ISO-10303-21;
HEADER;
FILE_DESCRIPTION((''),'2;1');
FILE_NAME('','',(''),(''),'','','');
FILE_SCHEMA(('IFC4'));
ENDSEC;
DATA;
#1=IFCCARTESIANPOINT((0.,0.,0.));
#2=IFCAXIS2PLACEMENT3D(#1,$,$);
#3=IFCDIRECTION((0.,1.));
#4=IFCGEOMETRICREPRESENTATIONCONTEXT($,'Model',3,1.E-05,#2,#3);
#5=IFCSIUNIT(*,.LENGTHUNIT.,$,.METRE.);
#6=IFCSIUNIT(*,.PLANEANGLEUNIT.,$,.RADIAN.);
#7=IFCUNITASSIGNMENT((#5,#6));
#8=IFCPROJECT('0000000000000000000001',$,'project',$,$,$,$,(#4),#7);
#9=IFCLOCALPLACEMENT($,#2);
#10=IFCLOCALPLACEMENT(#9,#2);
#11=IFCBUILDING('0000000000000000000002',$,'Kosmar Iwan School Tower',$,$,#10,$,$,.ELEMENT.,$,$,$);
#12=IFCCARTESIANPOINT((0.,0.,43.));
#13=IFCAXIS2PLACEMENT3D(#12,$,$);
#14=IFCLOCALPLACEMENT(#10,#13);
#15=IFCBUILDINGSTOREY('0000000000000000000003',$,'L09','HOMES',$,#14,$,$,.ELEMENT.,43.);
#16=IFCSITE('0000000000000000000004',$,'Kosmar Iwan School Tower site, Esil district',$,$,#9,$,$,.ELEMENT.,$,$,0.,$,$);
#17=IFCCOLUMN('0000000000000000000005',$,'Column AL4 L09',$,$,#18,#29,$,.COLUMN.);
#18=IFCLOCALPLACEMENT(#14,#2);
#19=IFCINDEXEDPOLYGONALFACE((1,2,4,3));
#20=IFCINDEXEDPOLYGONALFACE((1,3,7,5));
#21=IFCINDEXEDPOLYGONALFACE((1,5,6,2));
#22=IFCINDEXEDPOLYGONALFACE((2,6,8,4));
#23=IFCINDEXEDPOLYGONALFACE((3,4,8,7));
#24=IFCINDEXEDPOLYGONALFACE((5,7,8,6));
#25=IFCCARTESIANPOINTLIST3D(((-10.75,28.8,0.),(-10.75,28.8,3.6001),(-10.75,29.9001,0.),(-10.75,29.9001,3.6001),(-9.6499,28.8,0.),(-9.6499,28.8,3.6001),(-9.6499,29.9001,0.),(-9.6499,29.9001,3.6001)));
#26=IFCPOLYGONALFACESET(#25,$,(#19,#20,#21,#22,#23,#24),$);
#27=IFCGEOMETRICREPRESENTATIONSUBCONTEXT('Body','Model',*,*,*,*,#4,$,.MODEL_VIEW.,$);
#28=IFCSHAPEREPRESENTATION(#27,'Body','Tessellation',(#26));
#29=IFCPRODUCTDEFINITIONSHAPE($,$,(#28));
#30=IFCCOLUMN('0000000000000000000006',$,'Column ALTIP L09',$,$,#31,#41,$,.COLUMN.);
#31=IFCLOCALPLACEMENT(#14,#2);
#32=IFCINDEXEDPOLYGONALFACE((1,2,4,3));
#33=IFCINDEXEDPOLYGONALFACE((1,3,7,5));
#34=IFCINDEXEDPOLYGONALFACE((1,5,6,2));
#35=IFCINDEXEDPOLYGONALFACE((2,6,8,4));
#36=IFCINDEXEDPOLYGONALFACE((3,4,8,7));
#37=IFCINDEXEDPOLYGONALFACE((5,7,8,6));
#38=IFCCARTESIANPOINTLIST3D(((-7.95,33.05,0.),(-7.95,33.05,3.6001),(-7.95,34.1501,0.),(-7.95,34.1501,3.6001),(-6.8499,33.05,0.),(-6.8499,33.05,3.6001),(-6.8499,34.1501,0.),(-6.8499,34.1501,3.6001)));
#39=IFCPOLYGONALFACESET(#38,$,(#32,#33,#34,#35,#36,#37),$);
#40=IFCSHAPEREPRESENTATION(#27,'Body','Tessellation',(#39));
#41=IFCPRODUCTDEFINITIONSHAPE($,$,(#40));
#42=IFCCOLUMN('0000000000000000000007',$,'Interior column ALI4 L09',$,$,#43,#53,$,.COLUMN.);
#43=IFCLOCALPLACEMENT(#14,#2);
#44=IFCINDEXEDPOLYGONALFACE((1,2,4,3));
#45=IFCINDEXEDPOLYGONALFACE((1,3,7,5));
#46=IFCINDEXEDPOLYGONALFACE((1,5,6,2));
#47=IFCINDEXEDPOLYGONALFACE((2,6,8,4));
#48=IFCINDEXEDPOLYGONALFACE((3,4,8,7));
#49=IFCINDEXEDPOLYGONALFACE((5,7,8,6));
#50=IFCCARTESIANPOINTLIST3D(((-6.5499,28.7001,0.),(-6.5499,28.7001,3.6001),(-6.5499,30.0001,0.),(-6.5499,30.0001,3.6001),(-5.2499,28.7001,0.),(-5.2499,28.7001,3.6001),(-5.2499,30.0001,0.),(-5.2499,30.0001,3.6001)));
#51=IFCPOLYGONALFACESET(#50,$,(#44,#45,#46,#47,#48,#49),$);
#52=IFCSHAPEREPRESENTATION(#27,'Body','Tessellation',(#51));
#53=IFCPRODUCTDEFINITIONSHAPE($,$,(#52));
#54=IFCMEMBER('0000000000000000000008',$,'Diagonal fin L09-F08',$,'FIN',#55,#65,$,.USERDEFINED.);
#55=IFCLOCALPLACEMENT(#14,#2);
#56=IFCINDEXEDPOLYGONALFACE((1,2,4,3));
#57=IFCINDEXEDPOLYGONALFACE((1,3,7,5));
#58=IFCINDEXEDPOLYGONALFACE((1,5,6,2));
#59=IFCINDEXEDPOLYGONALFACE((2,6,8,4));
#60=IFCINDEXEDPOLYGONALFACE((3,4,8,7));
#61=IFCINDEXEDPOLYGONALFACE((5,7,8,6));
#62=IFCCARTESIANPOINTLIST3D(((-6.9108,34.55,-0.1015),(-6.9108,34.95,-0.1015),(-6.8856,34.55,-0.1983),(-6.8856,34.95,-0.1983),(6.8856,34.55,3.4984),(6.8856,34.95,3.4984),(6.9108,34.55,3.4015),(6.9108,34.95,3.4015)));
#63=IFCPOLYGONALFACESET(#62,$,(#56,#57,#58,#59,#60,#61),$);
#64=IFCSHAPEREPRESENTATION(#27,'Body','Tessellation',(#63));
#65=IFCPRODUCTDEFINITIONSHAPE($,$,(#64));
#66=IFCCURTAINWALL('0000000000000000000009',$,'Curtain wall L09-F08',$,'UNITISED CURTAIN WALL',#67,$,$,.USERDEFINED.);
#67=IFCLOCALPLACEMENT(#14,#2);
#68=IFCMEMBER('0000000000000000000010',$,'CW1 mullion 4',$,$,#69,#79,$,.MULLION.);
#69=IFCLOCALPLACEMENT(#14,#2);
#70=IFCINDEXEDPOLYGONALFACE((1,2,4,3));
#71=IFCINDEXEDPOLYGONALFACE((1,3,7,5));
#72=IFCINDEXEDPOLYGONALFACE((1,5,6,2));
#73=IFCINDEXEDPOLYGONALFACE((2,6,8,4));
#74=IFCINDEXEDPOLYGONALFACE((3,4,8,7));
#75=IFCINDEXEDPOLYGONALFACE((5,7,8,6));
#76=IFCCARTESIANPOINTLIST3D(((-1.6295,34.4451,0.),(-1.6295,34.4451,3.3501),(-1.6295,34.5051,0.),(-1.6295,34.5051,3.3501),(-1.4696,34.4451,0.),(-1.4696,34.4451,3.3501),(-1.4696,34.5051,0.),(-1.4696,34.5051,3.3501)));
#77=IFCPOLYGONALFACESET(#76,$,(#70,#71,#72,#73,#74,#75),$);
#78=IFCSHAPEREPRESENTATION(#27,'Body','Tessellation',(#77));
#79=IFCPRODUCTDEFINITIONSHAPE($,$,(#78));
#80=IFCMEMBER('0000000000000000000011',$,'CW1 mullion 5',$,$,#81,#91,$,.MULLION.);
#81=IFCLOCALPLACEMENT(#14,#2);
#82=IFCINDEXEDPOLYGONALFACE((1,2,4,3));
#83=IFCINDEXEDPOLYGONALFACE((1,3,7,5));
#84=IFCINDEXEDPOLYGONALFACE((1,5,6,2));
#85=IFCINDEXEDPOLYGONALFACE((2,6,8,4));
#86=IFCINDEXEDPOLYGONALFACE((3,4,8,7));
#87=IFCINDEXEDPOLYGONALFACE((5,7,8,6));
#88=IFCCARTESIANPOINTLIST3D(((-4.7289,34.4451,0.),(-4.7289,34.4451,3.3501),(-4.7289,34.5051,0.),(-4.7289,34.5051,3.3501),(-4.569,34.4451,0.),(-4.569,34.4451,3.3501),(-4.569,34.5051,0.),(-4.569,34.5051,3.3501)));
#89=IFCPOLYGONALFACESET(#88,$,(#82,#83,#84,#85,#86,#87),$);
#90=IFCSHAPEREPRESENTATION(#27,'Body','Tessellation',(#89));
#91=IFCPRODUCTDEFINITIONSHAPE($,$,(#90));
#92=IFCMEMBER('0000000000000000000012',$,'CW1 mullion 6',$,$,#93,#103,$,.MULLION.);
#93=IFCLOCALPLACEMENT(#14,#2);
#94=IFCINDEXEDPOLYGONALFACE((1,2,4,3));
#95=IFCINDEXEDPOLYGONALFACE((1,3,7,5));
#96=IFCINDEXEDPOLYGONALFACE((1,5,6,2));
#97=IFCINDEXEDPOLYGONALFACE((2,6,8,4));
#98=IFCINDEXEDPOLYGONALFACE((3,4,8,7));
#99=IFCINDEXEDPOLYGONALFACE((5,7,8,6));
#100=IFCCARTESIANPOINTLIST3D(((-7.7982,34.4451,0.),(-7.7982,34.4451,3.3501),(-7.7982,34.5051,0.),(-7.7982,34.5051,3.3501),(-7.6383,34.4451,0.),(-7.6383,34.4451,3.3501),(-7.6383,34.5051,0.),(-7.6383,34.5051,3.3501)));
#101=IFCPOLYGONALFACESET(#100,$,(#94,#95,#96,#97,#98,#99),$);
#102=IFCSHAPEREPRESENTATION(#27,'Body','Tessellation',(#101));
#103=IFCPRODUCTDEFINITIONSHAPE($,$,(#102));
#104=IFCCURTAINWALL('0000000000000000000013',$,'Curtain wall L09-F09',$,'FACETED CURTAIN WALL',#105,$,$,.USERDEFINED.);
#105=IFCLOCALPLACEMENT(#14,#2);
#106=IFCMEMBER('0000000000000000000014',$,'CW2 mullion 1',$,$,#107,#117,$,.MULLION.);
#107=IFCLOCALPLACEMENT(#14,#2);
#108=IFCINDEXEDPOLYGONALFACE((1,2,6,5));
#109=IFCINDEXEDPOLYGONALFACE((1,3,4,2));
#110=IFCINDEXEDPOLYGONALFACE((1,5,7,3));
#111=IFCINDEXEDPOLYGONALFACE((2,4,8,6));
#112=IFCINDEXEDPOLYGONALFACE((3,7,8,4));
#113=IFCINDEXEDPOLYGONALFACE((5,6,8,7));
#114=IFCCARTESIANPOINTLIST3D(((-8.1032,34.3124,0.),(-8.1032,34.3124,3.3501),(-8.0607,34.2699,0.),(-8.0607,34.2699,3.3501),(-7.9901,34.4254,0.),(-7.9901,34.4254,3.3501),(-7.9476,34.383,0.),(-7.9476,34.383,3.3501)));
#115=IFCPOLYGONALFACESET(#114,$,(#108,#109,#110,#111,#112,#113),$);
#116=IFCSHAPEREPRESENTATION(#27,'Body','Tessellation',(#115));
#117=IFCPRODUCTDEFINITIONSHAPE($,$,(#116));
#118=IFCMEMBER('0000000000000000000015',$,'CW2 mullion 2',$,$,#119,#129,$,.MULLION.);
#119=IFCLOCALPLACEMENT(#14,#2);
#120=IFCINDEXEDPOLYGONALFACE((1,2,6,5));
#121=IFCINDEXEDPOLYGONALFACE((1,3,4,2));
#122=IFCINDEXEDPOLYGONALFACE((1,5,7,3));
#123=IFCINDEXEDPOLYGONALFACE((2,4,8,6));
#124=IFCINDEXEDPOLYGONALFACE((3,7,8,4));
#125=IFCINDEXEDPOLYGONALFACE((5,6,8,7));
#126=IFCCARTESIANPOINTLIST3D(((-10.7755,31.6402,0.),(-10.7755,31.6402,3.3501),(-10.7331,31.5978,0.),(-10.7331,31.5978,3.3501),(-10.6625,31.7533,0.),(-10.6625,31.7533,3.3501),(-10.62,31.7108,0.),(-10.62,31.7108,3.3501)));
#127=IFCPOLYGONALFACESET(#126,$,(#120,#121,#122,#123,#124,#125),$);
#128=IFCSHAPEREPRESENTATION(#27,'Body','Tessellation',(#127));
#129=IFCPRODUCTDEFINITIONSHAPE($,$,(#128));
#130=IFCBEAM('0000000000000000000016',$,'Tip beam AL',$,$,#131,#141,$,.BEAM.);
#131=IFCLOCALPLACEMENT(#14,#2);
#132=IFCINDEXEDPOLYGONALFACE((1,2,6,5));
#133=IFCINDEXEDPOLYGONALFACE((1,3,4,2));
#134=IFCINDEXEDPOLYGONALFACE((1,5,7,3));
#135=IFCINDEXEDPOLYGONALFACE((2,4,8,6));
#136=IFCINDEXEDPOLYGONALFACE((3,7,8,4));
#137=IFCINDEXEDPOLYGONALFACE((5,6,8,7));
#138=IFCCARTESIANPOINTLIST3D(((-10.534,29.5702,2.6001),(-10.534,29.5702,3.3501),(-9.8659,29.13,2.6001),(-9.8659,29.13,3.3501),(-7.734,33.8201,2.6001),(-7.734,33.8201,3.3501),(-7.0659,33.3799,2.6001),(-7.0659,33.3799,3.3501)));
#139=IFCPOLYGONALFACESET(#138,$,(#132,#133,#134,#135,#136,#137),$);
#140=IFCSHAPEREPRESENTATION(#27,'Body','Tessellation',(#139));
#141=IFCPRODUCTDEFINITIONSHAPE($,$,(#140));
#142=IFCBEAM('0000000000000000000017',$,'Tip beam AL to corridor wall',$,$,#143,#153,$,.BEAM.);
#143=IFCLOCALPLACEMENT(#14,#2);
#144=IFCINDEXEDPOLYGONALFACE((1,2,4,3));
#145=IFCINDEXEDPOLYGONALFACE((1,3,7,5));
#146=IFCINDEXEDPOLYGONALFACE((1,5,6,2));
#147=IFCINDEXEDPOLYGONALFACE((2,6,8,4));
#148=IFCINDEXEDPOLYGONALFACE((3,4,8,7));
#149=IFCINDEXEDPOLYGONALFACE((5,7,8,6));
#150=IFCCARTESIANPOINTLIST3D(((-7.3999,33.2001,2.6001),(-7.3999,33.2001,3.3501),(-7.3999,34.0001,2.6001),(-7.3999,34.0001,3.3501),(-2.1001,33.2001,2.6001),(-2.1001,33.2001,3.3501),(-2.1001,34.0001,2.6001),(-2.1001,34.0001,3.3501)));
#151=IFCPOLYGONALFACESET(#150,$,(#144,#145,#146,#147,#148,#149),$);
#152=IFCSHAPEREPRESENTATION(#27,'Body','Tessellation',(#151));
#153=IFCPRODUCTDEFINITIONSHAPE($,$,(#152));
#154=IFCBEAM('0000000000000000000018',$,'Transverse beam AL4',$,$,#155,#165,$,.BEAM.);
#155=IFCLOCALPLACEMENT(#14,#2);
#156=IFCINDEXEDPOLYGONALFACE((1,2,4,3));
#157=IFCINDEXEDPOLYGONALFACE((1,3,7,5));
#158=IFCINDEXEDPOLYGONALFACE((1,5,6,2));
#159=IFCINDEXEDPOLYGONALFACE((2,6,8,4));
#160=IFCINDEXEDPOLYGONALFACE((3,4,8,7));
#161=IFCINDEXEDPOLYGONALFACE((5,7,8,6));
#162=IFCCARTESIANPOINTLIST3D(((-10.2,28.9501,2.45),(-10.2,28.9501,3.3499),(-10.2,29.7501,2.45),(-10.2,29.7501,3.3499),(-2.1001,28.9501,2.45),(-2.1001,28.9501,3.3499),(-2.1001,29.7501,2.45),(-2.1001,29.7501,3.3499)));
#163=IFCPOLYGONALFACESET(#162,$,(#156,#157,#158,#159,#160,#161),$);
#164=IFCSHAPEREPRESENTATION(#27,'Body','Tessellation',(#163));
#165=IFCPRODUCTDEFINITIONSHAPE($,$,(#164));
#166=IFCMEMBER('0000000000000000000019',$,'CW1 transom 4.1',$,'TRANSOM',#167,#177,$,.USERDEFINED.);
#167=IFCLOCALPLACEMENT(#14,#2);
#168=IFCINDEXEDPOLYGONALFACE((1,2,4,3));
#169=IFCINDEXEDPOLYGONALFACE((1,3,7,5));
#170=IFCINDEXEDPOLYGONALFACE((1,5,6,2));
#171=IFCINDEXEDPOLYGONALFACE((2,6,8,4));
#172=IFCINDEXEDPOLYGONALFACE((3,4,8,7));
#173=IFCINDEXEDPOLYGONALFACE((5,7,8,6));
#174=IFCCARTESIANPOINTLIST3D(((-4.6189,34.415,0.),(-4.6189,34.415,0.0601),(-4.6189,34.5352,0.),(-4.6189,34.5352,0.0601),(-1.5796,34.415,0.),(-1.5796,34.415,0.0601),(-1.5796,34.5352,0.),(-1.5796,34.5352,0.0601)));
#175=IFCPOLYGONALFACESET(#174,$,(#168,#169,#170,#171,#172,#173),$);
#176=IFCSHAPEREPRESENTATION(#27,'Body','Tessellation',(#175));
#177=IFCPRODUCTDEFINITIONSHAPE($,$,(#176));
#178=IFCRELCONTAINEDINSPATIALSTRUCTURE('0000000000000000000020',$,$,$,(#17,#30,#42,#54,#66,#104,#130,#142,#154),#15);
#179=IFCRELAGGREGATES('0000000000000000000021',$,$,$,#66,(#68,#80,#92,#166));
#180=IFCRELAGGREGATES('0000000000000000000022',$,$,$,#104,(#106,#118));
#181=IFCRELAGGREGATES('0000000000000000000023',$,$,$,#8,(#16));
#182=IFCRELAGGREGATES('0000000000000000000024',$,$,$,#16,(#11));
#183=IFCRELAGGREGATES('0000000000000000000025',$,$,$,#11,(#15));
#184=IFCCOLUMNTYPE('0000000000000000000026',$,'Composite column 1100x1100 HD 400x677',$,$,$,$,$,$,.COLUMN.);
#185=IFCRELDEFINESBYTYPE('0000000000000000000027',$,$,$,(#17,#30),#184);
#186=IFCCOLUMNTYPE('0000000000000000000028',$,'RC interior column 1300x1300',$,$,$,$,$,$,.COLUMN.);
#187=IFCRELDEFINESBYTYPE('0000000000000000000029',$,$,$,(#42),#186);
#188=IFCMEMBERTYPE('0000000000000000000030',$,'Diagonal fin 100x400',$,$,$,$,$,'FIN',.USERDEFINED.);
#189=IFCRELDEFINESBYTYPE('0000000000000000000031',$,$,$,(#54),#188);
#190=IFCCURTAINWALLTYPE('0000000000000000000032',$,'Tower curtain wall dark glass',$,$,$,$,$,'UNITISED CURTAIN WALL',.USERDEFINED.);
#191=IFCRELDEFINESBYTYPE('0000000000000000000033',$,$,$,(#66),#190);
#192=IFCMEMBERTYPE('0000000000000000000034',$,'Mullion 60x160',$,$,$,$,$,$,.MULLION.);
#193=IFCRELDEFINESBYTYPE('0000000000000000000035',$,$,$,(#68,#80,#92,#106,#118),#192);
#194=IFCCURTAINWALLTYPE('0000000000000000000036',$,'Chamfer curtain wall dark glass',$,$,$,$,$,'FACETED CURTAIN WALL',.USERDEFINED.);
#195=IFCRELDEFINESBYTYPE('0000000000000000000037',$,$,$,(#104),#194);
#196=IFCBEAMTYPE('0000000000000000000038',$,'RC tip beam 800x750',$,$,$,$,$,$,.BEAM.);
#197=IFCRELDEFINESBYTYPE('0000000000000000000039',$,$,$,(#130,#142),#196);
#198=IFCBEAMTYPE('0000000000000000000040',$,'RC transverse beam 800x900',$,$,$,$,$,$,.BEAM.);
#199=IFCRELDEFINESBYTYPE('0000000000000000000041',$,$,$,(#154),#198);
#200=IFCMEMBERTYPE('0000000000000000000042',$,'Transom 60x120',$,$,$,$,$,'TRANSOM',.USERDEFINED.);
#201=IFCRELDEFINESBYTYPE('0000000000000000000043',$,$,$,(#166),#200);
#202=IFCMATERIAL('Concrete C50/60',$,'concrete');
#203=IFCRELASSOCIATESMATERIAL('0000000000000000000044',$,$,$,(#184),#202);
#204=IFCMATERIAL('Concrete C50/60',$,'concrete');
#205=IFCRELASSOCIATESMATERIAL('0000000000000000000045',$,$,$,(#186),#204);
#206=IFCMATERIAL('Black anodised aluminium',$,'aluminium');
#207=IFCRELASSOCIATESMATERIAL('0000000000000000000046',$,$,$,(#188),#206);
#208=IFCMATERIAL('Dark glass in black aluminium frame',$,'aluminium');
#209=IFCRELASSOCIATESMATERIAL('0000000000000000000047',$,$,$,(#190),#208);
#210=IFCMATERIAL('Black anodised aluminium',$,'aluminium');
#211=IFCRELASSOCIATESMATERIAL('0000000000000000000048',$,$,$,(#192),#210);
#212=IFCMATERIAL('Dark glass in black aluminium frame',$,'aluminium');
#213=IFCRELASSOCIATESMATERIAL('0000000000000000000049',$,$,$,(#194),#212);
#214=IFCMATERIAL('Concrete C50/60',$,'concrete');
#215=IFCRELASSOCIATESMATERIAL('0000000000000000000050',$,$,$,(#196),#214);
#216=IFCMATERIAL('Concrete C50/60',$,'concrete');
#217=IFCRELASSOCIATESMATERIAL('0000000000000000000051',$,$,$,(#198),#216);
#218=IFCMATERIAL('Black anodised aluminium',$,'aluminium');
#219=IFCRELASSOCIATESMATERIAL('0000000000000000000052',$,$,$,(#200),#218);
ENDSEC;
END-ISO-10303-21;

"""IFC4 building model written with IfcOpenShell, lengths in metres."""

from ifc_helpers import new_model, si_unit, direction, frame, origin, origin_2d, place, context, subcontext, project, spatial, rectangle, extrude, material, material_profile, profile_set, type_object, element, aggregate, save


model = new_model("IFC4")

# Units and contexts
model_context = context("Model", 3, precision=1e-05, world=origin(), true_north=direction((0.0, 1.0)))
body_context = subcontext(model_context, "Body", "Model", "MODEL_VIEW")
ifc_project = project(units=[si_unit("LENGTHUNIT", "METRE"), si_unit("PLANEANGLEUNIT", "RADIAN")], contexts=[model_context])

# Site, building, storey
site_placement = place(None, origin())
site = spatial("IfcSite", under=ifc_project, at=site_placement, Name="Kosmar Iwan School Tower site, Esil district", CompositionType="ELEMENT", RefElevation=0.0)
building_placement = place(site_placement, origin())
building = spatial("IfcBuilding", under=site, at=building_placement, Name="Kosmar Iwan School Tower", CompositionType="ELEMENT")
storey_placement = place(building_placement, frame((0.0, 0.0, 43.0)))
storey = spatial("IfcBuildingStorey", under=building, at=storey_placement, Name="L09", Description="HOMES", CompositionType="ELEMENT", Elevation=43.0)

# Columns
ifc_material_1 = material(Name="Concrete C50/60", Category="concrete")
ifc_material_profile_1 = material_profile(ifc_material_1, rectangle(XDim=1.1001, YDim=1.1001, at=origin_2d()), Name="RC 1100x1100 + HD 400x677")
ifc_profile_set_1 = profile_set([ifc_material_profile_1], Name="Concrete C50/60")
column_type_1 = type_object("IfcColumnType", Name="Composite column 1100x1100 HD 400x677", PredefinedType="COLUMN", material=ifc_profile_set_1)
for number, where, z_axis, x_axis, name in (
    (1, (-10.2, 29.3501, 0.0), (0.0, 0.0, 1.0), (0.0, 1.0, 0.0), "Column AL4 L09"),
    (2, (-7.3999, 33.6001, 0.0), (0.0, 0.0, 1.0), (0.0, 1.0, 0.0), "Column ALTIP L09"),
):
    element("IfcColumn", number, at=place(storey_placement, frame(where, z_axis=z_axis, x_axis=x_axis)), inside=storey, type_object=column_type_1, Name=name, PredefinedType="COLUMN", context=body_context, shape_type="SweptSolid", body=[
        extrude(rectangle(XDim=1.1001, YDim=1.1001, at=origin_2d()), origin(), (0.0, 0.0, 1.0), 3.6001),
    ])
ifc_material_2 = material(Name="Concrete C50/60", Category="concrete")
ifc_material_profile_2 = material_profile(ifc_material_2, rectangle(XDim=1.3, YDim=1.3, at=origin_2d()), Name="RC 1300x1300")
ifc_profile_set_2 = profile_set([ifc_material_profile_2], Name="Concrete C50/60")
column_type_2 = type_object("IfcColumnType", Name="RC interior column 1300x1300", PredefinedType="COLUMN", material=ifc_profile_set_2)
column_placement = place(storey_placement, frame((-5.8999, 29.3501, 0.0), z_axis=(0.0, 0.0, 1.0), x_axis=(0.0, 1.0, 0.0)))
element("IfcColumn", 3, at=column_placement, inside=storey, type_object=column_type_2, Name="Interior column ALI4 L09", PredefinedType="COLUMN", context=body_context, shape_type="SweptSolid", body=[
    extrude(rectangle(XDim=1.3, YDim=1.3, at=origin_2d()), origin(), (0.0, 0.0, 1.0), 3.6001),
])

# Member
ifc_material_3 = material(Name="Black anodised aluminium", Category="aluminium")
ifc_material_profile_3 = material_profile(ifc_material_3, rectangle(XDim=0.1001, YDim=0.3999, at=origin_2d()), Name="FIN 100x400")
ifc_profile_set_3 = profile_set([ifc_material_profile_3], Name="Black anodised aluminium")
member_type_1 = type_object("IfcMemberType", Name="Diagonal fin 100x400", ElementType="FIN", PredefinedType="USERDEFINED", material=ifc_profile_set_3)
member_1_placement = place(storey_placement, frame((-6.8982, 34.75, -0.1499), z_axis=(0.967604, 0.0, 0.252474), x_axis=(-0.252474, 0.0, 0.967604)))
element("IfcMember", 4, at=member_1_placement, inside=storey, type_object=member_type_1, Name="Diagonal fin L09-F08", ObjectType="FIN", PredefinedType="USERDEFINED", context=body_context, shape_type="SweptSolid", body=[
    extrude(rectangle(XDim=0.1001, YDim=0.3999, at=origin_2d()), origin(), (0.0, 0.0, 1.0), 14.2583),
])

# Curtain walls, members
ifc_material_4 = material(Name="Dark glass in black aluminium frame", Category="aluminium")
curtain_wall_type_1 = type_object("IfcCurtainWallType", Name="Tower curtain wall dark glass", ElementType="UNITISED CURTAIN WALL", PredefinedType="USERDEFINED", material=ifc_material_4)
curtain_wall_1_placement = place(storey_placement, origin())
curtain_wall_1 = element("IfcCurtainWall", 5, at=curtain_wall_1_placement, inside=storey, type_object=curtain_wall_type_1, Name="Curtain wall L09-F08", ObjectType="UNITISED CURTAIN WALL", PredefinedType="USERDEFINED")
ifc_material_5 = material(Name="Black anodised aluminium", Category="aluminium")
ifc_material_profile_4 = material_profile(ifc_material_5, rectangle(XDim=0.0601, YDim=0.1599, at=origin_2d()), Name="MULLION 60x160")
ifc_profile_set_4 = profile_set([ifc_material_profile_4], Name="Black anodised aluminium")
member_type_2 = type_object("IfcMemberType", Name="Mullion 60x160", PredefinedType="MULLION", material=ifc_profile_set_4)
member_2_placement = place(storey_placement, frame((-1.5496, 34.4751, 0.0), z_axis=(0.0, 0.0, 1.0), x_axis=(0.0, -1.0, 0.0)))
member_2 = element("IfcMember", 6, at=member_2_placement, type_object=member_type_2, Name="CW1 mullion 4", PredefinedType="MULLION", context=body_context, shape_type="SweptSolid", body=[
    extrude(rectangle(XDim=0.0601, YDim=0.1599, at=origin_2d()), origin(), (0.0, 0.0, 1.0), 3.3501),
])
member_3_placement = place(storey_placement, frame((-4.6489, 34.4751, 0.0), z_axis=(0.0, 0.0, 1.0), x_axis=(0.0, -1.0, 0.0)))
member_3 = element("IfcMember", 7, at=member_3_placement, type_object=member_type_2, Name="CW1 mullion 5", PredefinedType="MULLION", context=body_context, shape_type="SweptSolid", body=[
    extrude(rectangle(XDim=0.0601, YDim=0.1599, at=origin_2d()), origin(), (0.0, 0.0, 1.0), 3.3501),
])
member_4_placement = place(storey_placement, frame((-7.7183, 34.4751, 0.0), z_axis=(0.0, 0.0, 1.0), x_axis=(0.0, -1.0, 0.0)))
member_4 = element("IfcMember", 8, at=member_4_placement, type_object=member_type_2, Name="CW1 mullion 6", PredefinedType="MULLION", context=body_context, shape_type="SweptSolid", body=[
    extrude(rectangle(XDim=0.0601, YDim=0.1599, at=origin_2d()), origin(), (0.0, 0.0, 1.0), 3.3501),
])
ifc_material_6 = material(Name="Dark glass in black aluminium frame", Category="aluminium")
curtain_wall_type_2 = type_object("IfcCurtainWallType", Name="Chamfer curtain wall dark glass", ElementType="FACETED CURTAIN WALL", PredefinedType="USERDEFINED", material=ifc_material_6)
curtain_wall_2_placement = place(storey_placement, origin())
curtain_wall_2 = element("IfcCurtainWall", 9, at=curtain_wall_2_placement, inside=storey, type_object=curtain_wall_type_2, Name="Curtain wall L09-F09", ObjectType="FACETED CURTAIN WALL", PredefinedType="USERDEFINED")
member_5_placement = place(storey_placement, frame((-8.0254, 34.3477, 0.0), z_axis=(0.0, 0.0, 1.0), x_axis=(0.707107, -0.707107, 0.0)))
member_5 = element("IfcMember", 10, at=member_5_placement, type_object=member_type_2, Name="CW2 mullion 1", PredefinedType="MULLION", context=body_context, shape_type="SweptSolid", body=[
    extrude(rectangle(XDim=0.0601, YDim=0.1599, at=origin_2d()), origin(), (0.0, 0.0, 1.0), 3.3501),
])
member_6_placement = place(storey_placement, frame((-10.6978, 31.6755, 0.0), z_axis=(0.0, 0.0, 1.0), x_axis=(0.707107, -0.707107, 0.0)))
member_6 = element("IfcMember", 11, at=member_6_placement, type_object=member_type_2, Name="CW2 mullion 2", PredefinedType="MULLION", context=body_context, shape_type="SweptSolid", body=[
    extrude(rectangle(XDim=0.0601, YDim=0.1599, at=origin_2d()), origin(), (0.0, 0.0, 1.0), 3.3501),
])

# Beams
ifc_material_7 = material(Name="Concrete C50/60", Category="concrete")
ifc_material_profile_5 = material_profile(ifc_material_7, rectangle(XDim=0.8, YDim=0.75, at=origin_2d()), Name="RC 800x750")
ifc_profile_set_5 = profile_set([ifc_material_profile_5], Name="Concrete C50/60")
beam_type_1 = type_object("IfcBeamType", Name="RC tip beam 800x750", PredefinedType="BEAM", material=ifc_profile_set_5)
beam_1_placement = place(storey_placement, frame((-10.2, 29.3501, 2.9751), z_axis=(0.550164, 0.835056, 0.0), x_axis=(-0.835056, 0.550164, 0.0)))
element("IfcBeam", 12, at=beam_1_placement, inside=storey, type_object=beam_type_1, Name="Tip beam AL", PredefinedType="BEAM", context=body_context, shape_type="SweptSolid", body=[
    extrude(rectangle(XDim=0.8, YDim=0.75, at=origin_2d()), origin(), (0.0, 0.0, 1.0), 5.0894),
])
beam_2_placement = place(storey_placement, frame((-7.3999, 33.6001, 2.9751), z_axis=(1.0, 0.0, 0.0), x_axis=(0.0, 1.0, 0.0)))
element("IfcBeam", 13, at=beam_2_placement, inside=storey, type_object=beam_type_1, Name="Tip beam AL to corridor wall", PredefinedType="BEAM", context=body_context, shape_type="SweptSolid", body=[
    extrude(rectangle(XDim=0.8, YDim=0.75, at=origin_2d()), origin(), (0.0, 0.0, 1.0), 5.2998),
])
ifc_material_8 = material(Name="Concrete C50/60", Category="concrete")
ifc_material_profile_6 = material_profile(ifc_material_8, rectangle(XDim=0.8, YDim=0.8999, at=origin_2d()), Name="RC 800x900")
ifc_profile_set_6 = profile_set([ifc_material_profile_6], Name="Concrete C50/60")
beam_type_2 = type_object("IfcBeamType", Name="RC transverse beam 800x900", PredefinedType="BEAM", material=ifc_profile_set_6)
beam_3_placement = place(storey_placement, frame((-10.2, 29.3501, 2.8999), z_axis=(1.0, 0.0, 0.0), x_axis=(0.0, 1.0, 0.0)))
element("IfcBeam", 14, at=beam_3_placement, inside=storey, type_object=beam_type_2, Name="Transverse beam AL4", PredefinedType="BEAM", context=body_context, shape_type="SweptSolid", body=[
    extrude(rectangle(XDim=0.8, YDim=0.8999, at=origin_2d()), origin(), (0.0, 0.0, 1.0), 8.0999),
])

# Member
ifc_material_9 = material(Name="Black anodised aluminium", Category="aluminium")
ifc_material_profile_7 = material_profile(ifc_material_9, rectangle(XDim=0.1201, YDim=0.0601, at=origin_2d()), Name="TRANSOM 60x120")
ifc_profile_set_7 = profile_set([ifc_material_profile_7], Name="Black anodised aluminium")
member_type_3 = type_object("IfcMemberType", Name="Transom 60x120", ElementType="TRANSOM", PredefinedType="USERDEFINED", material=ifc_profile_set_7)
member_7_placement = place(storey_placement, frame((-1.5796, 34.4751, 0.03), z_axis=(-1.0, 0.0, 0.0), x_axis=(0.0, -1.0, 0.0)))
member_7 = element("IfcMember", 15, at=member_7_placement, type_object=member_type_3, Name="CW1 transom 4.1", ObjectType="TRANSOM", PredefinedType="USERDEFINED", context=body_context, shape_type="SweptSolid", body=[
    extrude(rectangle(XDim=0.1201, YDim=0.0601, at=origin_2d()), origin(), (0.0, 0.0, 1.0), 3.0393),
])

aggregate(curtain_wall_1, [member_2, member_3, member_4, member_7])
aggregate(curtain_wall_2, [member_5, member_6])

save(model, "model.ifc")
